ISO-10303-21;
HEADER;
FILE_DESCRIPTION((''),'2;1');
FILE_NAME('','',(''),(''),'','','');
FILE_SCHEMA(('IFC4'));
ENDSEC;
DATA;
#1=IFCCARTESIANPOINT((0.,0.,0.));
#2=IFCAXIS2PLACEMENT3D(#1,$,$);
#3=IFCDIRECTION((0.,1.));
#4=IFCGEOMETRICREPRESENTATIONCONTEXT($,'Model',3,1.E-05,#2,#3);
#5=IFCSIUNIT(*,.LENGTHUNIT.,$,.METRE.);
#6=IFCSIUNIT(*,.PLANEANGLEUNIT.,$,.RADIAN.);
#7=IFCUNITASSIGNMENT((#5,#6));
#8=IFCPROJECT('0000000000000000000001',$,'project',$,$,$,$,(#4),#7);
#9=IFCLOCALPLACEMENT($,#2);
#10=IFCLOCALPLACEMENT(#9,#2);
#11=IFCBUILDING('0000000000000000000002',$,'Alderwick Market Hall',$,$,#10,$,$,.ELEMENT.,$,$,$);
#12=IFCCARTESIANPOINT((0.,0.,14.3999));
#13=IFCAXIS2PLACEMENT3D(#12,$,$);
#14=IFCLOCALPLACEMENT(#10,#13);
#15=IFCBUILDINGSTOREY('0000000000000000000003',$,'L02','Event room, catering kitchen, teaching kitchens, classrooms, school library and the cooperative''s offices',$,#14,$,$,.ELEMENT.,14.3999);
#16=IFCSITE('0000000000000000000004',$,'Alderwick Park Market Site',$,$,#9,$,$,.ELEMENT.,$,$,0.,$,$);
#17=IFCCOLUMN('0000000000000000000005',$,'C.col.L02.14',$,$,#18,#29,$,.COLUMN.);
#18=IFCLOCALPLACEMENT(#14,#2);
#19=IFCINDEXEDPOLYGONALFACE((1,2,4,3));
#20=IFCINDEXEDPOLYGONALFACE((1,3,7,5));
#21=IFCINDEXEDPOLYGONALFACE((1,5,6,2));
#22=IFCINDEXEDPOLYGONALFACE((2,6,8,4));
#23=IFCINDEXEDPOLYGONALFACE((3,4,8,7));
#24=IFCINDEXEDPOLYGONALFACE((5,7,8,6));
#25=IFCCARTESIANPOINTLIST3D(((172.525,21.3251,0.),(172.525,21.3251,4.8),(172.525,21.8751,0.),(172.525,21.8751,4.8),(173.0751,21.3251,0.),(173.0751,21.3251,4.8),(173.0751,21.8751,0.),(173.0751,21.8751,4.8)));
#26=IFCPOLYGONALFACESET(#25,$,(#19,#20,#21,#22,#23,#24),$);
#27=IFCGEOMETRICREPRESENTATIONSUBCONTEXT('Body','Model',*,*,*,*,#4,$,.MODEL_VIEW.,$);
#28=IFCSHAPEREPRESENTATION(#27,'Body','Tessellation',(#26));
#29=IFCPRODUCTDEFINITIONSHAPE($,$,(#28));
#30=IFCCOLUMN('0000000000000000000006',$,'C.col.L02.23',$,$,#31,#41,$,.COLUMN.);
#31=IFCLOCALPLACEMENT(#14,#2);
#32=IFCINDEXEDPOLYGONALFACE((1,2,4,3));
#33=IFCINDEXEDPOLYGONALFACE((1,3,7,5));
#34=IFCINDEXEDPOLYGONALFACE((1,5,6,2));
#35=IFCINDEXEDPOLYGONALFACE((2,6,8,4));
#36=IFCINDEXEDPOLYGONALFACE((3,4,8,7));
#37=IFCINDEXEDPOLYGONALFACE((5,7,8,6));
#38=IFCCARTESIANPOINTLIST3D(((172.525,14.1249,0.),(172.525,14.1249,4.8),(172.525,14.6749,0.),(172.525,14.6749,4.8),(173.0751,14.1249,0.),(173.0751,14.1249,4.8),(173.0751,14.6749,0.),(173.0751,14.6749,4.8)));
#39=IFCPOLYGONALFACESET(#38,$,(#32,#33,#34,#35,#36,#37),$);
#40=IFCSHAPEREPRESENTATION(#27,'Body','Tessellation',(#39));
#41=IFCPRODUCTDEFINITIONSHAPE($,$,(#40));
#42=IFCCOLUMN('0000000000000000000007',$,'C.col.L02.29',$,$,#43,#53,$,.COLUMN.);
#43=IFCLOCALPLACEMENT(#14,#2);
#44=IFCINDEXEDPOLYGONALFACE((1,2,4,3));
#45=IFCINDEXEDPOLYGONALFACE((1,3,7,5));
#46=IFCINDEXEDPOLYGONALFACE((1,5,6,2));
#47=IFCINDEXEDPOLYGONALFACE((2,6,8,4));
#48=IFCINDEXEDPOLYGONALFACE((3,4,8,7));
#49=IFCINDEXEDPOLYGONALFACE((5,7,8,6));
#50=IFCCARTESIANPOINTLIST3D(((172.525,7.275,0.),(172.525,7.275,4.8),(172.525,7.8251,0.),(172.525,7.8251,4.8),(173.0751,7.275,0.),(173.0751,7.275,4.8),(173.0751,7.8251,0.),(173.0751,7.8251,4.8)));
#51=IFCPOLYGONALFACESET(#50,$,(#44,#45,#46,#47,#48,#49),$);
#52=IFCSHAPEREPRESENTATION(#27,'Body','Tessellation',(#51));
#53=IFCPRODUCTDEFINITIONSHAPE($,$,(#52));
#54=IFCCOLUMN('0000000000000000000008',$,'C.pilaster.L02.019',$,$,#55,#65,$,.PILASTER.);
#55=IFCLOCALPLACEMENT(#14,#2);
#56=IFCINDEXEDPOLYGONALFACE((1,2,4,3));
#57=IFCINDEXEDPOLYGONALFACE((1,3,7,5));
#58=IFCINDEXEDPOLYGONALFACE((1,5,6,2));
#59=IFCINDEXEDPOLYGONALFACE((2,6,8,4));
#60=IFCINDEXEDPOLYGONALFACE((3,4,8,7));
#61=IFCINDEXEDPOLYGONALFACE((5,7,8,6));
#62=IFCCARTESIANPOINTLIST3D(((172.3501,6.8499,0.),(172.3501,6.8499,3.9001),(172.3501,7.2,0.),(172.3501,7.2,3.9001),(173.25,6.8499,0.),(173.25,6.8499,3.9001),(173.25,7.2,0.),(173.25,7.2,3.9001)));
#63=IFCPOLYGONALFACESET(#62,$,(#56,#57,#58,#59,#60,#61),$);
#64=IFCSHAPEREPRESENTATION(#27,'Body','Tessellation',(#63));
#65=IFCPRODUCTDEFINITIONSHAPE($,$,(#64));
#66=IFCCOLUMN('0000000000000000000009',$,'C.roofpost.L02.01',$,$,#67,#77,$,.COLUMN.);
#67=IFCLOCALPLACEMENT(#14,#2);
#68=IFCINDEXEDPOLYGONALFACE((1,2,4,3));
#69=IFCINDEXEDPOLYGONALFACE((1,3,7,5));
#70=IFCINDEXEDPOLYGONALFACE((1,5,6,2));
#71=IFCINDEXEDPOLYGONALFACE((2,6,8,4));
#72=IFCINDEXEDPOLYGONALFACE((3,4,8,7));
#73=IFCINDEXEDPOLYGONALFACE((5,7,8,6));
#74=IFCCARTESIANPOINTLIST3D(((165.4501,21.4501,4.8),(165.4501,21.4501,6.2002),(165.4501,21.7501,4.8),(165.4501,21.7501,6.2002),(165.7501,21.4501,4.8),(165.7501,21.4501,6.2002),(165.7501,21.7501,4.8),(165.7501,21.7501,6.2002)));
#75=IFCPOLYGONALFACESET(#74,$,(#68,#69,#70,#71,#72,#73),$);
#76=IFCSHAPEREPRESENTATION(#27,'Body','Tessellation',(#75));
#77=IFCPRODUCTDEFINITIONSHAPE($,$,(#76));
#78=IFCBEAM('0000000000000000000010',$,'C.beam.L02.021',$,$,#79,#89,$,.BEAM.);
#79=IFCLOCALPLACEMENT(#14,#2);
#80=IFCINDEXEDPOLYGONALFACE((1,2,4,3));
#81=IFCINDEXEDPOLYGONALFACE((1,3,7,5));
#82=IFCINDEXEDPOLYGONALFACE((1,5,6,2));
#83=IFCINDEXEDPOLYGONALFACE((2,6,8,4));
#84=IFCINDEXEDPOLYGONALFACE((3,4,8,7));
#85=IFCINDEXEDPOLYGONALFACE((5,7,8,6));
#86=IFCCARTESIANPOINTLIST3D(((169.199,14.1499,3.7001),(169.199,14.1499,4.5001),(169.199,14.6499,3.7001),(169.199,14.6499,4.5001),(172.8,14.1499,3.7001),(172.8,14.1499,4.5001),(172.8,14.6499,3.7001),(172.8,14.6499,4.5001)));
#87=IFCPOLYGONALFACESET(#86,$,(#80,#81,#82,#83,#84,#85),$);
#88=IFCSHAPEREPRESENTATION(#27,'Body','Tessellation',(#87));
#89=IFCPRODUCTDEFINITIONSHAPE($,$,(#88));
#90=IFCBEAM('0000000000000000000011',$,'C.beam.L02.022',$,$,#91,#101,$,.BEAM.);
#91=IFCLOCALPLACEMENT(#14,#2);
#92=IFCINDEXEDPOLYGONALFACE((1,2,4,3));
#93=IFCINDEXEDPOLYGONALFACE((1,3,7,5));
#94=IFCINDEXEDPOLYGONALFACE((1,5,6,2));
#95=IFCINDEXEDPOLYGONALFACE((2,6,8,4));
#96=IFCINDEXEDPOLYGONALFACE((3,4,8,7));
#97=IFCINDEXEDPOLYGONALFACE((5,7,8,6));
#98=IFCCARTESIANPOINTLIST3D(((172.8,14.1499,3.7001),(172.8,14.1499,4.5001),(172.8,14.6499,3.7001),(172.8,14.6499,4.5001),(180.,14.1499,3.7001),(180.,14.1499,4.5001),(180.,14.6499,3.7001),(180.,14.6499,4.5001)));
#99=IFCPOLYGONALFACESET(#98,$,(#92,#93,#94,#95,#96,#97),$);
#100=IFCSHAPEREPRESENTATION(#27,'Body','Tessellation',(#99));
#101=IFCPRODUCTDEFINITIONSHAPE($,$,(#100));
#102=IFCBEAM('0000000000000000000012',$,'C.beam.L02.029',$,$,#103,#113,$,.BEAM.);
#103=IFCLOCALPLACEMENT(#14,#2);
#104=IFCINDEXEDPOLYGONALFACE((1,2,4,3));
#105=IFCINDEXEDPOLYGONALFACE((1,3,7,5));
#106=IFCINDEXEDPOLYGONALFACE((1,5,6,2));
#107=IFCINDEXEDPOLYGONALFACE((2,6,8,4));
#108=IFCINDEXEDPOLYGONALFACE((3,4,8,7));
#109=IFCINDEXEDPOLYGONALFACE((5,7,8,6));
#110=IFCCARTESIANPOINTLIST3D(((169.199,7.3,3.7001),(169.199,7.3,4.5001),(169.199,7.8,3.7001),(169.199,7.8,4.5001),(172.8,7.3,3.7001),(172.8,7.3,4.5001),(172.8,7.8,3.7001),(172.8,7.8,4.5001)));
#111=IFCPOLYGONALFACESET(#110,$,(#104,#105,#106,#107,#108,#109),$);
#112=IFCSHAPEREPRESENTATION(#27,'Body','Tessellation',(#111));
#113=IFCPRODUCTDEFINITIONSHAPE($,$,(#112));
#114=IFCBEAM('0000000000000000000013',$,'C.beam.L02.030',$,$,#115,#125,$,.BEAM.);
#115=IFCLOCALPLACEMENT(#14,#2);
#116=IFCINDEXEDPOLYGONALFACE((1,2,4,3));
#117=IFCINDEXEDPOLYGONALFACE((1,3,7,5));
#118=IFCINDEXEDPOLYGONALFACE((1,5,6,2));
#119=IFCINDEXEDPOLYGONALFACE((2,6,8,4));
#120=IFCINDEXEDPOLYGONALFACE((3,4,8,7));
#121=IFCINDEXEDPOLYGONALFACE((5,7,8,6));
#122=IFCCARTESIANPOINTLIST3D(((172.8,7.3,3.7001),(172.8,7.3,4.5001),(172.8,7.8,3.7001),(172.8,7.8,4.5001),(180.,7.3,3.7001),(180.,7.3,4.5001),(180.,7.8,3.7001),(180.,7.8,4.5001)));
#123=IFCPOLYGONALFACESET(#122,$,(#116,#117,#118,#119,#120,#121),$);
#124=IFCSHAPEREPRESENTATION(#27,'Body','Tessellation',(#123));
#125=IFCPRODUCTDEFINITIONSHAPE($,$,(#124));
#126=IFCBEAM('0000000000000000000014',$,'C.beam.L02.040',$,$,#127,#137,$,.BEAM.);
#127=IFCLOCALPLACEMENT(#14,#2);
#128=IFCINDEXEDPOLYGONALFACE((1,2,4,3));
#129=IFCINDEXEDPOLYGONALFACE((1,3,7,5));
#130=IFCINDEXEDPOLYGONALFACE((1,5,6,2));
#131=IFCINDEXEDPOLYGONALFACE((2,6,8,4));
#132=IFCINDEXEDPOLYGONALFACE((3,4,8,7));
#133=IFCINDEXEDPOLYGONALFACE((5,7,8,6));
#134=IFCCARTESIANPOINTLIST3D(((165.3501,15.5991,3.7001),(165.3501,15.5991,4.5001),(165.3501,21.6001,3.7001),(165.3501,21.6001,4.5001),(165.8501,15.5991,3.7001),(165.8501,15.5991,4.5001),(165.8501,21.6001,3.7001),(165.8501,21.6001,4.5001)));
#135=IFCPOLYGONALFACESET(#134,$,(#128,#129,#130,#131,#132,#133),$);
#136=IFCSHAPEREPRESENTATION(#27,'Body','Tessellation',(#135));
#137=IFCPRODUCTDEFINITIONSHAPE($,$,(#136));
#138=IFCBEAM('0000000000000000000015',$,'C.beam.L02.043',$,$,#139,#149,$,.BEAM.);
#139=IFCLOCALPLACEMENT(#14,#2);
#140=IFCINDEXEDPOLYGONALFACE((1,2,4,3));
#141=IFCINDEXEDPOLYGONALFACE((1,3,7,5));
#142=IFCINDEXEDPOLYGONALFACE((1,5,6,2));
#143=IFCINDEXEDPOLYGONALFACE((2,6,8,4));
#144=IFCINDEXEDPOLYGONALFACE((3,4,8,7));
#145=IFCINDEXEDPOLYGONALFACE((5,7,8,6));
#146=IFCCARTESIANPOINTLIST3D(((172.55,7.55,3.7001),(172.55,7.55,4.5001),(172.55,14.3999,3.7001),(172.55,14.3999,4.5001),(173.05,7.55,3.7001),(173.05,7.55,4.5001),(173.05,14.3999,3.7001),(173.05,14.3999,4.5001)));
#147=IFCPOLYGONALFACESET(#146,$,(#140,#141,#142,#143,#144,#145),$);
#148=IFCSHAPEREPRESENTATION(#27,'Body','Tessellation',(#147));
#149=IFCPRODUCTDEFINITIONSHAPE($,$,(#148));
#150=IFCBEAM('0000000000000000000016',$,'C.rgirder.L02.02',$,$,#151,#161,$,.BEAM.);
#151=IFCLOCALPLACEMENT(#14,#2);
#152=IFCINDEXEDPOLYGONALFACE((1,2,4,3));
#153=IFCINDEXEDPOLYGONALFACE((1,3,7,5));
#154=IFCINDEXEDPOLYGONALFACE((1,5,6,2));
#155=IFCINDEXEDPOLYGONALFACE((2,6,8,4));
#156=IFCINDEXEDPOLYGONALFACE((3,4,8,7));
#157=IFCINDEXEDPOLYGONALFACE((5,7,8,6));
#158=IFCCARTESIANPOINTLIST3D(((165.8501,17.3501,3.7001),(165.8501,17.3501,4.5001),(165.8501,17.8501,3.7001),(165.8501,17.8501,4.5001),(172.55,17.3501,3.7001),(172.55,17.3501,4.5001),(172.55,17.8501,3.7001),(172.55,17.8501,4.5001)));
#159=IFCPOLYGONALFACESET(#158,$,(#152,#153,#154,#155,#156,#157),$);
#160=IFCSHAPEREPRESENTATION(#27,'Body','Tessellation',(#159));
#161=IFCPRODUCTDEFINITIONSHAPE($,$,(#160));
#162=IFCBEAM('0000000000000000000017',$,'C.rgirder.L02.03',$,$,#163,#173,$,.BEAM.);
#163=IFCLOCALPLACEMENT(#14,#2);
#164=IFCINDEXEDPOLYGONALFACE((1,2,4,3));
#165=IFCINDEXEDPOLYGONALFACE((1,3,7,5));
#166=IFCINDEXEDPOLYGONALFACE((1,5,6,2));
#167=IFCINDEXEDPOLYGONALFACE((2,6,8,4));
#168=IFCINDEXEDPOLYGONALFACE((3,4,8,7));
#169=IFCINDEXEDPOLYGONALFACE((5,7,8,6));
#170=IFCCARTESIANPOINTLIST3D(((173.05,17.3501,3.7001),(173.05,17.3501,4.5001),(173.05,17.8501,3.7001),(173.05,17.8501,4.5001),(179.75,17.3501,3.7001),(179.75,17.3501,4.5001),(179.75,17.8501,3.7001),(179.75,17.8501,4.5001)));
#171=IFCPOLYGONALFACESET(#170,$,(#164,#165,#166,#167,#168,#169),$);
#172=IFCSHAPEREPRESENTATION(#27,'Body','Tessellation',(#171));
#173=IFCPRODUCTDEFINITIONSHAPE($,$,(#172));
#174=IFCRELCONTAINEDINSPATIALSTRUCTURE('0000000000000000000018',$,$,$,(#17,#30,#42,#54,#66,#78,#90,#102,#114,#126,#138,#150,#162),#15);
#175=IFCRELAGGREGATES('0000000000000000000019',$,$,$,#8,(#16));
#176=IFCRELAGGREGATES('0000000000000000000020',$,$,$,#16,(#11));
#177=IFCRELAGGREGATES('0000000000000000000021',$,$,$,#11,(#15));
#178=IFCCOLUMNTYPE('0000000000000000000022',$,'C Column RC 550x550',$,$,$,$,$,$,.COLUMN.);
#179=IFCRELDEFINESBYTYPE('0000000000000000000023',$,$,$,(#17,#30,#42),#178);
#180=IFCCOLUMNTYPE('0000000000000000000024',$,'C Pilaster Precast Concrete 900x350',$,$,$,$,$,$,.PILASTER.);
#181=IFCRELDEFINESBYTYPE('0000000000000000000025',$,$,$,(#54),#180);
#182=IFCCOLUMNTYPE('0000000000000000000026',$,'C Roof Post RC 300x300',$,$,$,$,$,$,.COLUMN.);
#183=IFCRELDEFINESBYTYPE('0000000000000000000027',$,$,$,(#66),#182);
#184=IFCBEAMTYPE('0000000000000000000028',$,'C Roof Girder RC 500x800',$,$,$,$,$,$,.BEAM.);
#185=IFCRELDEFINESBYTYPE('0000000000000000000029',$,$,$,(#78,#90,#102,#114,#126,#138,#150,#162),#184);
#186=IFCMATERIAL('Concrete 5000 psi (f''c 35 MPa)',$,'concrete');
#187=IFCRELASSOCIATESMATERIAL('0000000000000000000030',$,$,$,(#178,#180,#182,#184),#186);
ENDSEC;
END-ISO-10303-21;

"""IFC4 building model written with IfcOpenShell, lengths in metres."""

from ifc_helpers import new_model, si_unit, direction, frame, origin, origin_2d, place, context, subcontext, project, spatial, rectangle, extrude, material, material_profile, profile_set, type_object, element, save


model = new_model("IFC4")

# Units and contexts
model_context = context("Model", 3, precision=1e-05, world=origin(), true_north=direction((0.0, 1.0)))
body_context = subcontext(model_context, "Body", "Model", "MODEL_VIEW")
ifc_project = project(units=[si_unit("LENGTHUNIT", "METRE"), si_unit("PLANEANGLEUNIT", "RADIAN")], contexts=[model_context])

# Site, building, storey
site_placement = place(None, origin())
site = spatial("IfcSite", under=ifc_project, at=site_placement, Name="Alderwick Park Market Site", CompositionType="ELEMENT", RefElevation=0.0)
building_placement = place(site_placement, origin())
building = spatial("IfcBuilding", under=site, at=building_placement, Name="Alderwick Market Hall", CompositionType="ELEMENT")
storey_placement = place(building_placement, frame((0.0, 0.0, 14.3999)))
storey = spatial("IfcBuildingStorey", under=building, at=storey_placement, Name="L02", Description="Event room, catering kitchen, teaching kitchens, classrooms, school library and the cooperative's offices", CompositionType="ELEMENT", Elevation=14.3999)

# Columns
ifc_material_1 = material(Name="Concrete 5000 psi (f'c 35 MPa)", Category="concrete")
ifc_material_profile_1 = material_profile(ifc_material_1, rectangle(XDim=0.55, YDim=0.55, at=origin_2d()), Name="RC 550x550")
ifc_profile_set_1 = profile_set([ifc_material_profile_1], Name="Concrete 5000 psi (f'c 35 MPa)")
column_type_1 = type_object("IfcColumnType", Name="C Column RC 550x550", PredefinedType="COLUMN", material=ifc_profile_set_1)
for number, where, z_axis, x_axis, name in (
    (1, (172.8, 21.6001, 0.0), (0.0, 0.0, 1.0), (1.0, 0.0, 0.0), "C.col.L02.14"),
    (2, (172.8, 14.3999, 0.0), (0.0, 0.0, 1.0), (1.0, 0.0, 0.0), "C.col.L02.23"),
    (3, (172.8, 7.55, 0.0), (0.0, 0.0, 1.0), (1.0, 0.0, 0.0), "C.col.L02.29"),
):
    element("IfcColumn", number, at=place(storey_placement, frame(where, z_axis=z_axis, x_axis=x_axis)), inside=storey, type_object=column_type_1, Name=name, PredefinedType="COLUMN", context=body_context, shape_type="SweptSolid", body=[
        extrude(rectangle(XDim=0.55, YDim=0.55, at=origin_2d()), origin(), (0.0, 0.0, 1.0), 4.8),
    ])
ifc_material_profile_2 = material_profile(ifc_material_1, rectangle(XDim=0.8999, YDim=0.3501, at=origin_2d()), Name="PC 900x350")
ifc_profile_set_2 = profile_set([ifc_material_profile_2], Name="Concrete 5000 psi (f'c 35 MPa)")
column_type_2 = type_object("IfcColumnType", Name="C Pilaster Precast Concrete 900x350", PredefinedType="PILASTER", material=ifc_profile_set_2)
column_1_placement = place(storey_placement, frame((172.8, 7.0249, 0.0), z_axis=(0.0, 0.0, 1.0), x_axis=(1.0, 0.0, 0.0)))
element("IfcColumn", 4, at=column_1_placement, inside=storey, type_object=column_type_2, Name="C.pilaster.L02.019", PredefinedType="PILASTER", context=body_context, shape_type="SweptSolid", body=[
    extrude(rectangle(XDim=0.8999, YDim=0.3501, at=origin_2d()), origin(), (0.0, 0.0, 1.0), 3.9001),
])
ifc_material_profile_3 = material_profile(ifc_material_1, rectangle(XDim=0.3, YDim=0.3, at=origin_2d()), Name="RC 300x300")
ifc_profile_set_3 = profile_set([ifc_material_profile_3], Name="Concrete 5000 psi (f'c 35 MPa)")
column_type_3 = type_object("IfcColumnType", Name="C Roof Post RC 300x300", PredefinedType="COLUMN", material=ifc_profile_set_3)
column_2_placement = place(storey_placement, frame((165.6001, 21.6001, 4.8), z_axis=(0.0, 0.0, 1.0), x_axis=(1.0, 0.0, 0.0)))
element("IfcColumn", 5, at=column_2_placement, inside=storey, type_object=column_type_3, Name="C.roofpost.L02.01", PredefinedType="COLUMN", context=body_context, shape_type="SweptSolid", body=[
    extrude(rectangle(XDim=0.3, YDim=0.3, at=origin_2d()), origin(), (0.0, 0.0, 1.0), 1.4001),
])

# Beams
ifc_material_profile_4 = material_profile(ifc_material_1, rectangle(XDim=0.5, YDim=0.8, at=origin_2d()), Name="RC 500x800")
ifc_profile_set_4 = profile_set([ifc_material_profile_4], Name="Concrete 5000 psi (f'c 35 MPa)")
beam_type = type_object("IfcBeamType", Name="C Roof Girder RC 500x800", PredefinedType="BEAM", material=ifc_profile_set_4)
beam_1_placement = place(storey_placement, frame((169.199, 14.3999, 4.1001), z_axis=(1.0, 0.0, 0.0), x_axis=(0.0, 1.0, 0.0)))
element("IfcBeam", 6, at=beam_1_placement, inside=storey, type_object=beam_type, Name="C.beam.L02.021", PredefinedType="BEAM", context=body_context, shape_type="SweptSolid", body=[
    extrude(rectangle(XDim=0.5, YDim=0.8, at=origin_2d()), origin(), (0.0, 0.0, 1.0), 3.6011),
])
beam_2_placement = place(storey_placement, frame((172.8, 14.3999, 4.1001), z_axis=(1.0, 0.0, 0.0), x_axis=(0.0, 1.0, 0.0)))
element("IfcBeam", 7, at=beam_2_placement, inside=storey, type_object=beam_type, Name="C.beam.L02.022", PredefinedType="BEAM", context=body_context, shape_type="SweptSolid", body=[
    extrude(rectangle(XDim=0.5, YDim=0.8, at=origin_2d()), origin(), (0.0, 0.0, 1.0), 7.2),
])
beam_3_placement = place(storey_placement, frame((169.199, 7.55, 4.1001), z_axis=(1.0, 0.0, 0.0), x_axis=(0.0, 1.0, 0.0)))
element("IfcBeam", 8, at=beam_3_placement, inside=storey, type_object=beam_type, Name="C.beam.L02.029", PredefinedType="BEAM", context=body_context, shape_type="SweptSolid", body=[
    extrude(rectangle(XDim=0.5, YDim=0.8, at=origin_2d()), origin(), (0.0, 0.0, 1.0), 3.6011),
])
beam_4_placement = place(storey_placement, frame((172.8, 7.55, 4.1001), z_axis=(1.0, 0.0, 0.0), x_axis=(0.0, 1.0, 0.0)))
element("IfcBeam", 9, at=beam_4_placement, inside=storey, type_object=beam_type, Name="C.beam.L02.030", PredefinedType="BEAM", context=body_context, shape_type="SweptSolid", body=[
    extrude(rectangle(XDim=0.5, YDim=0.8, at=origin_2d()), origin(), (0.0, 0.0, 1.0), 7.2),
])
beam_5_placement = place(storey_placement, frame((165.6001, 21.6001, 4.1001), z_axis=(0.0, -1.0, 0.0), x_axis=(1.0, 0.0, 0.0)))
element("IfcBeam", 10, at=beam_5_placement, inside=storey, type_object=beam_type, Name="C.beam.L02.040", PredefinedType="BEAM", context=body_context, shape_type="SweptSolid", body=[
    extrude(rectangle(XDim=0.5, YDim=0.8, at=origin_2d()), origin(), (0.0, 0.0, 1.0), 6.001),
])
beam_6_placement = place(storey_placement, frame((172.8, 14.3999, 4.1001), z_axis=(0.0, -1.0, 0.0), x_axis=(1.0, 0.0, 0.0)))
element("IfcBeam", 11, at=beam_6_placement, inside=storey, type_object=beam_type, Name="C.beam.L02.043", PredefinedType="BEAM", context=body_context, shape_type="SweptSolid", body=[
    extrude(rectangle(XDim=0.5, YDim=0.8, at=origin_2d()), origin(), (0.0, 0.0, 1.0), 6.8499),
])
for number, where, z_axis, x_axis, name in (
    (12, (165.8501, 17.6001, 4.1001), (1.0, 0.0, 0.0), (0.0, 1.0, 0.0), "C.rgirder.L02.02"),
    (13, (173.05, 17.6001, 4.1001), (1.0, 0.0, 0.0), (0.0, 1.0, 0.0), "C.rgirder.L02.03"),
):
    element("IfcBeam", number, at=place(storey_placement, frame(where, z_axis=z_axis, x_axis=x_axis)), inside=storey, type_object=beam_type, Name=name, PredefinedType="BEAM", context=body_context, shape_type="SweptSolid", body=[
        extrude(rectangle(XDim=0.5, YDim=0.8, at=origin_2d()), origin(), (0.0, 0.0, 1.0), 6.7),
    ])

save(model, "model.ifc")
